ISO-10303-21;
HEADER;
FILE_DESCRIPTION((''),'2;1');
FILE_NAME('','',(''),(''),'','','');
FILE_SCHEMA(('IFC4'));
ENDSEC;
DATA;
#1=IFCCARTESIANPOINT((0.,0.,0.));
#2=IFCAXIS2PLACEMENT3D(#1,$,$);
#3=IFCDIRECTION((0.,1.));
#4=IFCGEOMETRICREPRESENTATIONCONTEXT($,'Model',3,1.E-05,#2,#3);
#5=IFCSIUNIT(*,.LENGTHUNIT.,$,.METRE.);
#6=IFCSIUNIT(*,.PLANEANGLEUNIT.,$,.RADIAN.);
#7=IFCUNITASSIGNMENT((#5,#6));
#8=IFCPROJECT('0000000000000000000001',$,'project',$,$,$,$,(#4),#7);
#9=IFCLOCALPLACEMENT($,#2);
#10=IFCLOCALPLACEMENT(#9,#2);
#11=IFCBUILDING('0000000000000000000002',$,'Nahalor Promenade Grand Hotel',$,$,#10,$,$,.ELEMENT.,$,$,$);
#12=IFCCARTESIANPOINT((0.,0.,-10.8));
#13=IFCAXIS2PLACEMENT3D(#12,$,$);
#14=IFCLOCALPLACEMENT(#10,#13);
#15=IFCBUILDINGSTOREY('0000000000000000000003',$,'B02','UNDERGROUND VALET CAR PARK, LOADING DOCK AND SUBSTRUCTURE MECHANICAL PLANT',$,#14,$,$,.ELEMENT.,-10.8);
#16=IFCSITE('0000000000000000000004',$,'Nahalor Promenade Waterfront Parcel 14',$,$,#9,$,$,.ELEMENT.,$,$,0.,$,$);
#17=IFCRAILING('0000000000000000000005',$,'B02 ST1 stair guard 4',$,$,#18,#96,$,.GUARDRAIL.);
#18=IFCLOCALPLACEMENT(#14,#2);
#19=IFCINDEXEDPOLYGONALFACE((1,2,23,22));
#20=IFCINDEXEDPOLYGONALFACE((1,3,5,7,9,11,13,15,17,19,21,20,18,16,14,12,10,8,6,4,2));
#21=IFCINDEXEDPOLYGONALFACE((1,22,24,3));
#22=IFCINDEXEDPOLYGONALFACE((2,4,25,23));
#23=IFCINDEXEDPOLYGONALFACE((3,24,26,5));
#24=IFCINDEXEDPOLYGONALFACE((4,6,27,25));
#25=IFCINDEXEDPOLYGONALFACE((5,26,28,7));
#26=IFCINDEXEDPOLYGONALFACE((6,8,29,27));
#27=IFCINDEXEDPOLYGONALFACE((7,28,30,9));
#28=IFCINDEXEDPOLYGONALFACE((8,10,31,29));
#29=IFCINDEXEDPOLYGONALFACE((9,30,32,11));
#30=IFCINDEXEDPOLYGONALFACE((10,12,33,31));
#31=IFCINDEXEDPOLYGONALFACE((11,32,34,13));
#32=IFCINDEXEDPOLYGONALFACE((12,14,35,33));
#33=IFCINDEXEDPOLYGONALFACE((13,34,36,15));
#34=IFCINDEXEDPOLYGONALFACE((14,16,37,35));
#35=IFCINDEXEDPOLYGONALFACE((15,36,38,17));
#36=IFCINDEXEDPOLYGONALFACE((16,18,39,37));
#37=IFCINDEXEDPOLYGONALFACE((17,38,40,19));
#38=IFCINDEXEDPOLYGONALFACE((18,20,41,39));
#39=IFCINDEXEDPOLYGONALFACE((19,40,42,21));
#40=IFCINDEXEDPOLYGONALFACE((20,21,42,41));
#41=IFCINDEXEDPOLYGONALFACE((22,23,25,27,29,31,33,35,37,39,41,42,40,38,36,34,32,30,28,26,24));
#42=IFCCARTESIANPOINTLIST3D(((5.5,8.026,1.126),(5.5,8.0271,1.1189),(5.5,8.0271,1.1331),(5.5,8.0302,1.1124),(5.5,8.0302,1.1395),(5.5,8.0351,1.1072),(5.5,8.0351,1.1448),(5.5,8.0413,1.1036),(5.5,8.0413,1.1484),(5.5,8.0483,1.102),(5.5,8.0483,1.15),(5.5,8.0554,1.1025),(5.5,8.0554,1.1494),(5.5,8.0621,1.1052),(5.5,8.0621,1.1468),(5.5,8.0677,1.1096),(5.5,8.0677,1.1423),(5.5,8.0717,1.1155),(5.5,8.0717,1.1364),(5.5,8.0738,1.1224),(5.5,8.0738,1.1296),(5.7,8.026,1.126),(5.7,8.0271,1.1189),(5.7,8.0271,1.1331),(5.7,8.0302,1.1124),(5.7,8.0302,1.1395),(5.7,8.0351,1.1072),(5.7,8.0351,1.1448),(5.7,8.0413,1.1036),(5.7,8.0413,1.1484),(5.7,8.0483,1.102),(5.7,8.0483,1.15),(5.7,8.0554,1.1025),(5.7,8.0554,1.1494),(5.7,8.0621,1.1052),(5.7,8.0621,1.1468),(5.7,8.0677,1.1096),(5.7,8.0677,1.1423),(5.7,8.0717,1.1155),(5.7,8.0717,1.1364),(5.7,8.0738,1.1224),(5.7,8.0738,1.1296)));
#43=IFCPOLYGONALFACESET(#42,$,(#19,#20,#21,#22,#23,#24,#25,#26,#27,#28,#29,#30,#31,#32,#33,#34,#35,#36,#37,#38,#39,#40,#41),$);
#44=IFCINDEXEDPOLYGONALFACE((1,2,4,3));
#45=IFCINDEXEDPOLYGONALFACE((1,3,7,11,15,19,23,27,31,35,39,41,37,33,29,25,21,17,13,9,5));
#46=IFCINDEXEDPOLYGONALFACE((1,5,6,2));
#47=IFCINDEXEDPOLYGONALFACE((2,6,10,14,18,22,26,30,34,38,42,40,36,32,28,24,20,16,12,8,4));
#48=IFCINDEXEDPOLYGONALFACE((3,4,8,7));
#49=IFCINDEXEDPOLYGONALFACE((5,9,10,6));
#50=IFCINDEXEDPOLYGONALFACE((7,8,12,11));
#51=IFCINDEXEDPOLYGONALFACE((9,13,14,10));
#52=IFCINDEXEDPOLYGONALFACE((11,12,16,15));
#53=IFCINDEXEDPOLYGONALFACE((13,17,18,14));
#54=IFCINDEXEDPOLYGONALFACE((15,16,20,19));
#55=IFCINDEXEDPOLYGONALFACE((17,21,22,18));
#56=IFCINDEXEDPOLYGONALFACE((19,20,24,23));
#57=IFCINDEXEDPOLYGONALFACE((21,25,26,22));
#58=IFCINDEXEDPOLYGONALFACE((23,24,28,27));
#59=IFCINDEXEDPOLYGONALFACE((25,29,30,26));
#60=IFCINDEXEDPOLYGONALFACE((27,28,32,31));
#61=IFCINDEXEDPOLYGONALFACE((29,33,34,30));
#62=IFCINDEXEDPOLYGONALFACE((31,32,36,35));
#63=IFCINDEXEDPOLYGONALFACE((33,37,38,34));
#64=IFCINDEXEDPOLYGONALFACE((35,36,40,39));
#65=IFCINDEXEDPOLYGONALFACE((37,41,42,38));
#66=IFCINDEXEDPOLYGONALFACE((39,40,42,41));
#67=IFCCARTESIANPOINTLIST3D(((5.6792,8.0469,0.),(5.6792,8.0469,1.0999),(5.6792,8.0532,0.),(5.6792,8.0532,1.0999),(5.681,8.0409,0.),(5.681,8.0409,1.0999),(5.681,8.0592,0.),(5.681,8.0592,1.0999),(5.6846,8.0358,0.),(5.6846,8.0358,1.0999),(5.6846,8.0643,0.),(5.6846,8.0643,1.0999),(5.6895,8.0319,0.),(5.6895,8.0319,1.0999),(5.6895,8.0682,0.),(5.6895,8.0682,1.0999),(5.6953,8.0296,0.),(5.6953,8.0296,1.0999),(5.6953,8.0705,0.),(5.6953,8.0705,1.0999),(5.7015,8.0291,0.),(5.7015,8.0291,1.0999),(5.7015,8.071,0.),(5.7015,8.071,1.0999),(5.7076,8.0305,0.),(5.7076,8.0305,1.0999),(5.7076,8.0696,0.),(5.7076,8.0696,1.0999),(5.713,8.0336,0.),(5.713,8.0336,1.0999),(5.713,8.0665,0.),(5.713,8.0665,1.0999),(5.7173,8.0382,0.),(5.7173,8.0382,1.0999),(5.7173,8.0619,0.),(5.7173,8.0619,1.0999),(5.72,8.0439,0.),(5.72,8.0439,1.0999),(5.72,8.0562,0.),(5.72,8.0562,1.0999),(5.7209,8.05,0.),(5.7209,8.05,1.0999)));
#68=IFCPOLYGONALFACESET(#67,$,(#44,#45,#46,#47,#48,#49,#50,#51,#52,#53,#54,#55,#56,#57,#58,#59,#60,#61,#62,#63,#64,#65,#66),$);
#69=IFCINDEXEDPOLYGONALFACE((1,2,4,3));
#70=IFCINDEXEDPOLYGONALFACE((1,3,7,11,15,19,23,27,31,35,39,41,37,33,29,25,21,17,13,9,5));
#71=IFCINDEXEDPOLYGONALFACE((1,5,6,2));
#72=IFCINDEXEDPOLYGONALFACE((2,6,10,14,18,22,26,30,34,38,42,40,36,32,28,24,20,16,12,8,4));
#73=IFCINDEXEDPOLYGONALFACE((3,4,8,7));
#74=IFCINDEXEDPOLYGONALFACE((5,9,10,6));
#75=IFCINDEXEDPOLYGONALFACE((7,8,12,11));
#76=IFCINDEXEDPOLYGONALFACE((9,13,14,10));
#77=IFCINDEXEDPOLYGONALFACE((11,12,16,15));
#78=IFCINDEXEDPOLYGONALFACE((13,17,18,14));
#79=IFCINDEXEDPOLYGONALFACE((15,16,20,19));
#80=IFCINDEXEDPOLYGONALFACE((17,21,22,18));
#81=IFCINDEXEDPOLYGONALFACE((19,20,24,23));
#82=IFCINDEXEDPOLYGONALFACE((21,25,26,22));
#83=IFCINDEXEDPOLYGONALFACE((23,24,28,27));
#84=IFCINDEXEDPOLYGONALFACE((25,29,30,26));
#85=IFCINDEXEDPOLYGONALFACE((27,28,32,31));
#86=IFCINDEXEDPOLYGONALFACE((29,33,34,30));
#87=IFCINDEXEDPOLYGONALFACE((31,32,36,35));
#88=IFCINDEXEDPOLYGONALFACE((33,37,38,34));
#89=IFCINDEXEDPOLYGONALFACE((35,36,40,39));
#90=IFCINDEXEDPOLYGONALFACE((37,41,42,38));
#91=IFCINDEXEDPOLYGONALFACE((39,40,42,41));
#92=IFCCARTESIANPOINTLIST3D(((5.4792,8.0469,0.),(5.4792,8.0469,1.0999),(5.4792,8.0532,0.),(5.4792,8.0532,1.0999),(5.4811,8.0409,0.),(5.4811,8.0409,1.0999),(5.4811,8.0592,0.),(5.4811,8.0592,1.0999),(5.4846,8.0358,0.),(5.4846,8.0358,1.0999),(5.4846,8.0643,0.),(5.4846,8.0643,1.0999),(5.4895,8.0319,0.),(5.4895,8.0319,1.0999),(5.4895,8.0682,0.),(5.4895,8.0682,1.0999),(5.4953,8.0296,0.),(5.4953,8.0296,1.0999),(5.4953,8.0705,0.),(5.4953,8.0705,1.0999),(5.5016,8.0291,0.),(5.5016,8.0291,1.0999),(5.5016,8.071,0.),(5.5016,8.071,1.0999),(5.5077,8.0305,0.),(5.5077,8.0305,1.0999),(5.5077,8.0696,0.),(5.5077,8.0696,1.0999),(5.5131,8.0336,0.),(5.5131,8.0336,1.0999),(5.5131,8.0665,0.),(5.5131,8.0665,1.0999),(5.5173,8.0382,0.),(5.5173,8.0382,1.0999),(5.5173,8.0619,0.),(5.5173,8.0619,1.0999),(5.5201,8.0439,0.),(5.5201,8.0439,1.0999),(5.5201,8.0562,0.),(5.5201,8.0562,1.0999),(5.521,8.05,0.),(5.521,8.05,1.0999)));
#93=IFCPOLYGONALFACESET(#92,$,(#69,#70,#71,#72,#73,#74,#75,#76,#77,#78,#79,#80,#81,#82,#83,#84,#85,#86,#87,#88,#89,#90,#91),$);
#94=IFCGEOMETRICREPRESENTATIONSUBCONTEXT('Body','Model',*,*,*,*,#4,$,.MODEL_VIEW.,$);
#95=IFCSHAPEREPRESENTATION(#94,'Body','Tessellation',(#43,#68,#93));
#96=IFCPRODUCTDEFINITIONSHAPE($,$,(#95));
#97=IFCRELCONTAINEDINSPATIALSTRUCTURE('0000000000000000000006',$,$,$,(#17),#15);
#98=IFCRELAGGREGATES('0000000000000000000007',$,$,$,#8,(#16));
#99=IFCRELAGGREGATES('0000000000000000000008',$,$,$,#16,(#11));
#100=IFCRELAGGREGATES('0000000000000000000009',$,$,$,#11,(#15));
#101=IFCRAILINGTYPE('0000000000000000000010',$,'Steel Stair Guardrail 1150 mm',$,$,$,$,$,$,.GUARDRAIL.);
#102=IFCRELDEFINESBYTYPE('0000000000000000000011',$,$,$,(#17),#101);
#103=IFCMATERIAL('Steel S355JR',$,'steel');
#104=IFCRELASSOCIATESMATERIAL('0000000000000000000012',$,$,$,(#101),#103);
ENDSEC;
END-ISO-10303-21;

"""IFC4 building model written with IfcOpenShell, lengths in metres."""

from ifc_helpers import new_model, si_unit, direction, frame, origin, origin_2d, place, context, subcontext, project, spatial, circle, extrude, material, type_object, element, save


model = new_model("IFC4")

# Units and contexts
model_context = context("Model", 3, precision=1e-05, world=origin(), true_north=direction((0.0, 1.0)))
body_context = subcontext(model_context, "Body", "Model", "MODEL_VIEW")
ifc_project = project(units=[si_unit("LENGTHUNIT", "METRE"), si_unit("PLANEANGLEUNIT", "RADIAN")], contexts=[model_context])

# Site, building, storey
site_placement = place(None, origin())
site = spatial("IfcSite", under=ifc_project, at=site_placement, Name="Nahalor Promenade Waterfront Parcel 14", CompositionType="ELEMENT", RefElevation=0.0)
building_placement = place(site_placement, origin())
building = spatial("IfcBuilding", under=site, at=building_placement, Name="Nahalor Promenade Grand Hotel", CompositionType="ELEMENT")
storey_placement = place(building_placement, frame((0.0, 0.0, -10.8)))
storey = spatial("IfcBuildingStorey", under=building, at=storey_placement, Name="B02", Description="UNDERGROUND VALET CAR PARK, LOADING DOCK AND SUBSTRUCTURE MECHANICAL PLANT", CompositionType="ELEMENT", Elevation=-10.8)

# Shared definitions
ifc_material_1 = material(Name="Steel S355JR", Category="steel")

# Railing
railing_type_1 = type_object("IfcRailingType", Name="Steel Stair Guardrail 1150 mm", PredefinedType="GUARDRAIL", material=ifc_material_1)
railing_1_placement = place(storey_placement, frame((5.7, 8.05, 0.0)))
element("IfcRailing", 1, at=railing_1_placement, inside=storey, type_object=railing_type_1, Name="B02 ST1 stair guard 4", PredefinedType="GUARDRAIL", context=body_context, shape_type="SweptSolid", body=[
    extrude(circle(Radius=0.024, at=origin_2d()), frame((0.0, 0.0, 1.126), z_axis=(-1.0, 0.0, 0.0), x_axis=(0.0, -1.0, 0.0)), (0.0, 0.0, 1.0), 0.2),
    extrude(circle(Radius=0.021, at=origin_2d()), origin(), (0.0, 0.0, 1.0), 1.0999),
    extrude(circle(Radius=0.021, at=origin_2d()), frame((-0.2, 0.0, 0.0)), (0.0, 0.0, 1.0), 1.0999),
])

save(model, "model.ifc")
